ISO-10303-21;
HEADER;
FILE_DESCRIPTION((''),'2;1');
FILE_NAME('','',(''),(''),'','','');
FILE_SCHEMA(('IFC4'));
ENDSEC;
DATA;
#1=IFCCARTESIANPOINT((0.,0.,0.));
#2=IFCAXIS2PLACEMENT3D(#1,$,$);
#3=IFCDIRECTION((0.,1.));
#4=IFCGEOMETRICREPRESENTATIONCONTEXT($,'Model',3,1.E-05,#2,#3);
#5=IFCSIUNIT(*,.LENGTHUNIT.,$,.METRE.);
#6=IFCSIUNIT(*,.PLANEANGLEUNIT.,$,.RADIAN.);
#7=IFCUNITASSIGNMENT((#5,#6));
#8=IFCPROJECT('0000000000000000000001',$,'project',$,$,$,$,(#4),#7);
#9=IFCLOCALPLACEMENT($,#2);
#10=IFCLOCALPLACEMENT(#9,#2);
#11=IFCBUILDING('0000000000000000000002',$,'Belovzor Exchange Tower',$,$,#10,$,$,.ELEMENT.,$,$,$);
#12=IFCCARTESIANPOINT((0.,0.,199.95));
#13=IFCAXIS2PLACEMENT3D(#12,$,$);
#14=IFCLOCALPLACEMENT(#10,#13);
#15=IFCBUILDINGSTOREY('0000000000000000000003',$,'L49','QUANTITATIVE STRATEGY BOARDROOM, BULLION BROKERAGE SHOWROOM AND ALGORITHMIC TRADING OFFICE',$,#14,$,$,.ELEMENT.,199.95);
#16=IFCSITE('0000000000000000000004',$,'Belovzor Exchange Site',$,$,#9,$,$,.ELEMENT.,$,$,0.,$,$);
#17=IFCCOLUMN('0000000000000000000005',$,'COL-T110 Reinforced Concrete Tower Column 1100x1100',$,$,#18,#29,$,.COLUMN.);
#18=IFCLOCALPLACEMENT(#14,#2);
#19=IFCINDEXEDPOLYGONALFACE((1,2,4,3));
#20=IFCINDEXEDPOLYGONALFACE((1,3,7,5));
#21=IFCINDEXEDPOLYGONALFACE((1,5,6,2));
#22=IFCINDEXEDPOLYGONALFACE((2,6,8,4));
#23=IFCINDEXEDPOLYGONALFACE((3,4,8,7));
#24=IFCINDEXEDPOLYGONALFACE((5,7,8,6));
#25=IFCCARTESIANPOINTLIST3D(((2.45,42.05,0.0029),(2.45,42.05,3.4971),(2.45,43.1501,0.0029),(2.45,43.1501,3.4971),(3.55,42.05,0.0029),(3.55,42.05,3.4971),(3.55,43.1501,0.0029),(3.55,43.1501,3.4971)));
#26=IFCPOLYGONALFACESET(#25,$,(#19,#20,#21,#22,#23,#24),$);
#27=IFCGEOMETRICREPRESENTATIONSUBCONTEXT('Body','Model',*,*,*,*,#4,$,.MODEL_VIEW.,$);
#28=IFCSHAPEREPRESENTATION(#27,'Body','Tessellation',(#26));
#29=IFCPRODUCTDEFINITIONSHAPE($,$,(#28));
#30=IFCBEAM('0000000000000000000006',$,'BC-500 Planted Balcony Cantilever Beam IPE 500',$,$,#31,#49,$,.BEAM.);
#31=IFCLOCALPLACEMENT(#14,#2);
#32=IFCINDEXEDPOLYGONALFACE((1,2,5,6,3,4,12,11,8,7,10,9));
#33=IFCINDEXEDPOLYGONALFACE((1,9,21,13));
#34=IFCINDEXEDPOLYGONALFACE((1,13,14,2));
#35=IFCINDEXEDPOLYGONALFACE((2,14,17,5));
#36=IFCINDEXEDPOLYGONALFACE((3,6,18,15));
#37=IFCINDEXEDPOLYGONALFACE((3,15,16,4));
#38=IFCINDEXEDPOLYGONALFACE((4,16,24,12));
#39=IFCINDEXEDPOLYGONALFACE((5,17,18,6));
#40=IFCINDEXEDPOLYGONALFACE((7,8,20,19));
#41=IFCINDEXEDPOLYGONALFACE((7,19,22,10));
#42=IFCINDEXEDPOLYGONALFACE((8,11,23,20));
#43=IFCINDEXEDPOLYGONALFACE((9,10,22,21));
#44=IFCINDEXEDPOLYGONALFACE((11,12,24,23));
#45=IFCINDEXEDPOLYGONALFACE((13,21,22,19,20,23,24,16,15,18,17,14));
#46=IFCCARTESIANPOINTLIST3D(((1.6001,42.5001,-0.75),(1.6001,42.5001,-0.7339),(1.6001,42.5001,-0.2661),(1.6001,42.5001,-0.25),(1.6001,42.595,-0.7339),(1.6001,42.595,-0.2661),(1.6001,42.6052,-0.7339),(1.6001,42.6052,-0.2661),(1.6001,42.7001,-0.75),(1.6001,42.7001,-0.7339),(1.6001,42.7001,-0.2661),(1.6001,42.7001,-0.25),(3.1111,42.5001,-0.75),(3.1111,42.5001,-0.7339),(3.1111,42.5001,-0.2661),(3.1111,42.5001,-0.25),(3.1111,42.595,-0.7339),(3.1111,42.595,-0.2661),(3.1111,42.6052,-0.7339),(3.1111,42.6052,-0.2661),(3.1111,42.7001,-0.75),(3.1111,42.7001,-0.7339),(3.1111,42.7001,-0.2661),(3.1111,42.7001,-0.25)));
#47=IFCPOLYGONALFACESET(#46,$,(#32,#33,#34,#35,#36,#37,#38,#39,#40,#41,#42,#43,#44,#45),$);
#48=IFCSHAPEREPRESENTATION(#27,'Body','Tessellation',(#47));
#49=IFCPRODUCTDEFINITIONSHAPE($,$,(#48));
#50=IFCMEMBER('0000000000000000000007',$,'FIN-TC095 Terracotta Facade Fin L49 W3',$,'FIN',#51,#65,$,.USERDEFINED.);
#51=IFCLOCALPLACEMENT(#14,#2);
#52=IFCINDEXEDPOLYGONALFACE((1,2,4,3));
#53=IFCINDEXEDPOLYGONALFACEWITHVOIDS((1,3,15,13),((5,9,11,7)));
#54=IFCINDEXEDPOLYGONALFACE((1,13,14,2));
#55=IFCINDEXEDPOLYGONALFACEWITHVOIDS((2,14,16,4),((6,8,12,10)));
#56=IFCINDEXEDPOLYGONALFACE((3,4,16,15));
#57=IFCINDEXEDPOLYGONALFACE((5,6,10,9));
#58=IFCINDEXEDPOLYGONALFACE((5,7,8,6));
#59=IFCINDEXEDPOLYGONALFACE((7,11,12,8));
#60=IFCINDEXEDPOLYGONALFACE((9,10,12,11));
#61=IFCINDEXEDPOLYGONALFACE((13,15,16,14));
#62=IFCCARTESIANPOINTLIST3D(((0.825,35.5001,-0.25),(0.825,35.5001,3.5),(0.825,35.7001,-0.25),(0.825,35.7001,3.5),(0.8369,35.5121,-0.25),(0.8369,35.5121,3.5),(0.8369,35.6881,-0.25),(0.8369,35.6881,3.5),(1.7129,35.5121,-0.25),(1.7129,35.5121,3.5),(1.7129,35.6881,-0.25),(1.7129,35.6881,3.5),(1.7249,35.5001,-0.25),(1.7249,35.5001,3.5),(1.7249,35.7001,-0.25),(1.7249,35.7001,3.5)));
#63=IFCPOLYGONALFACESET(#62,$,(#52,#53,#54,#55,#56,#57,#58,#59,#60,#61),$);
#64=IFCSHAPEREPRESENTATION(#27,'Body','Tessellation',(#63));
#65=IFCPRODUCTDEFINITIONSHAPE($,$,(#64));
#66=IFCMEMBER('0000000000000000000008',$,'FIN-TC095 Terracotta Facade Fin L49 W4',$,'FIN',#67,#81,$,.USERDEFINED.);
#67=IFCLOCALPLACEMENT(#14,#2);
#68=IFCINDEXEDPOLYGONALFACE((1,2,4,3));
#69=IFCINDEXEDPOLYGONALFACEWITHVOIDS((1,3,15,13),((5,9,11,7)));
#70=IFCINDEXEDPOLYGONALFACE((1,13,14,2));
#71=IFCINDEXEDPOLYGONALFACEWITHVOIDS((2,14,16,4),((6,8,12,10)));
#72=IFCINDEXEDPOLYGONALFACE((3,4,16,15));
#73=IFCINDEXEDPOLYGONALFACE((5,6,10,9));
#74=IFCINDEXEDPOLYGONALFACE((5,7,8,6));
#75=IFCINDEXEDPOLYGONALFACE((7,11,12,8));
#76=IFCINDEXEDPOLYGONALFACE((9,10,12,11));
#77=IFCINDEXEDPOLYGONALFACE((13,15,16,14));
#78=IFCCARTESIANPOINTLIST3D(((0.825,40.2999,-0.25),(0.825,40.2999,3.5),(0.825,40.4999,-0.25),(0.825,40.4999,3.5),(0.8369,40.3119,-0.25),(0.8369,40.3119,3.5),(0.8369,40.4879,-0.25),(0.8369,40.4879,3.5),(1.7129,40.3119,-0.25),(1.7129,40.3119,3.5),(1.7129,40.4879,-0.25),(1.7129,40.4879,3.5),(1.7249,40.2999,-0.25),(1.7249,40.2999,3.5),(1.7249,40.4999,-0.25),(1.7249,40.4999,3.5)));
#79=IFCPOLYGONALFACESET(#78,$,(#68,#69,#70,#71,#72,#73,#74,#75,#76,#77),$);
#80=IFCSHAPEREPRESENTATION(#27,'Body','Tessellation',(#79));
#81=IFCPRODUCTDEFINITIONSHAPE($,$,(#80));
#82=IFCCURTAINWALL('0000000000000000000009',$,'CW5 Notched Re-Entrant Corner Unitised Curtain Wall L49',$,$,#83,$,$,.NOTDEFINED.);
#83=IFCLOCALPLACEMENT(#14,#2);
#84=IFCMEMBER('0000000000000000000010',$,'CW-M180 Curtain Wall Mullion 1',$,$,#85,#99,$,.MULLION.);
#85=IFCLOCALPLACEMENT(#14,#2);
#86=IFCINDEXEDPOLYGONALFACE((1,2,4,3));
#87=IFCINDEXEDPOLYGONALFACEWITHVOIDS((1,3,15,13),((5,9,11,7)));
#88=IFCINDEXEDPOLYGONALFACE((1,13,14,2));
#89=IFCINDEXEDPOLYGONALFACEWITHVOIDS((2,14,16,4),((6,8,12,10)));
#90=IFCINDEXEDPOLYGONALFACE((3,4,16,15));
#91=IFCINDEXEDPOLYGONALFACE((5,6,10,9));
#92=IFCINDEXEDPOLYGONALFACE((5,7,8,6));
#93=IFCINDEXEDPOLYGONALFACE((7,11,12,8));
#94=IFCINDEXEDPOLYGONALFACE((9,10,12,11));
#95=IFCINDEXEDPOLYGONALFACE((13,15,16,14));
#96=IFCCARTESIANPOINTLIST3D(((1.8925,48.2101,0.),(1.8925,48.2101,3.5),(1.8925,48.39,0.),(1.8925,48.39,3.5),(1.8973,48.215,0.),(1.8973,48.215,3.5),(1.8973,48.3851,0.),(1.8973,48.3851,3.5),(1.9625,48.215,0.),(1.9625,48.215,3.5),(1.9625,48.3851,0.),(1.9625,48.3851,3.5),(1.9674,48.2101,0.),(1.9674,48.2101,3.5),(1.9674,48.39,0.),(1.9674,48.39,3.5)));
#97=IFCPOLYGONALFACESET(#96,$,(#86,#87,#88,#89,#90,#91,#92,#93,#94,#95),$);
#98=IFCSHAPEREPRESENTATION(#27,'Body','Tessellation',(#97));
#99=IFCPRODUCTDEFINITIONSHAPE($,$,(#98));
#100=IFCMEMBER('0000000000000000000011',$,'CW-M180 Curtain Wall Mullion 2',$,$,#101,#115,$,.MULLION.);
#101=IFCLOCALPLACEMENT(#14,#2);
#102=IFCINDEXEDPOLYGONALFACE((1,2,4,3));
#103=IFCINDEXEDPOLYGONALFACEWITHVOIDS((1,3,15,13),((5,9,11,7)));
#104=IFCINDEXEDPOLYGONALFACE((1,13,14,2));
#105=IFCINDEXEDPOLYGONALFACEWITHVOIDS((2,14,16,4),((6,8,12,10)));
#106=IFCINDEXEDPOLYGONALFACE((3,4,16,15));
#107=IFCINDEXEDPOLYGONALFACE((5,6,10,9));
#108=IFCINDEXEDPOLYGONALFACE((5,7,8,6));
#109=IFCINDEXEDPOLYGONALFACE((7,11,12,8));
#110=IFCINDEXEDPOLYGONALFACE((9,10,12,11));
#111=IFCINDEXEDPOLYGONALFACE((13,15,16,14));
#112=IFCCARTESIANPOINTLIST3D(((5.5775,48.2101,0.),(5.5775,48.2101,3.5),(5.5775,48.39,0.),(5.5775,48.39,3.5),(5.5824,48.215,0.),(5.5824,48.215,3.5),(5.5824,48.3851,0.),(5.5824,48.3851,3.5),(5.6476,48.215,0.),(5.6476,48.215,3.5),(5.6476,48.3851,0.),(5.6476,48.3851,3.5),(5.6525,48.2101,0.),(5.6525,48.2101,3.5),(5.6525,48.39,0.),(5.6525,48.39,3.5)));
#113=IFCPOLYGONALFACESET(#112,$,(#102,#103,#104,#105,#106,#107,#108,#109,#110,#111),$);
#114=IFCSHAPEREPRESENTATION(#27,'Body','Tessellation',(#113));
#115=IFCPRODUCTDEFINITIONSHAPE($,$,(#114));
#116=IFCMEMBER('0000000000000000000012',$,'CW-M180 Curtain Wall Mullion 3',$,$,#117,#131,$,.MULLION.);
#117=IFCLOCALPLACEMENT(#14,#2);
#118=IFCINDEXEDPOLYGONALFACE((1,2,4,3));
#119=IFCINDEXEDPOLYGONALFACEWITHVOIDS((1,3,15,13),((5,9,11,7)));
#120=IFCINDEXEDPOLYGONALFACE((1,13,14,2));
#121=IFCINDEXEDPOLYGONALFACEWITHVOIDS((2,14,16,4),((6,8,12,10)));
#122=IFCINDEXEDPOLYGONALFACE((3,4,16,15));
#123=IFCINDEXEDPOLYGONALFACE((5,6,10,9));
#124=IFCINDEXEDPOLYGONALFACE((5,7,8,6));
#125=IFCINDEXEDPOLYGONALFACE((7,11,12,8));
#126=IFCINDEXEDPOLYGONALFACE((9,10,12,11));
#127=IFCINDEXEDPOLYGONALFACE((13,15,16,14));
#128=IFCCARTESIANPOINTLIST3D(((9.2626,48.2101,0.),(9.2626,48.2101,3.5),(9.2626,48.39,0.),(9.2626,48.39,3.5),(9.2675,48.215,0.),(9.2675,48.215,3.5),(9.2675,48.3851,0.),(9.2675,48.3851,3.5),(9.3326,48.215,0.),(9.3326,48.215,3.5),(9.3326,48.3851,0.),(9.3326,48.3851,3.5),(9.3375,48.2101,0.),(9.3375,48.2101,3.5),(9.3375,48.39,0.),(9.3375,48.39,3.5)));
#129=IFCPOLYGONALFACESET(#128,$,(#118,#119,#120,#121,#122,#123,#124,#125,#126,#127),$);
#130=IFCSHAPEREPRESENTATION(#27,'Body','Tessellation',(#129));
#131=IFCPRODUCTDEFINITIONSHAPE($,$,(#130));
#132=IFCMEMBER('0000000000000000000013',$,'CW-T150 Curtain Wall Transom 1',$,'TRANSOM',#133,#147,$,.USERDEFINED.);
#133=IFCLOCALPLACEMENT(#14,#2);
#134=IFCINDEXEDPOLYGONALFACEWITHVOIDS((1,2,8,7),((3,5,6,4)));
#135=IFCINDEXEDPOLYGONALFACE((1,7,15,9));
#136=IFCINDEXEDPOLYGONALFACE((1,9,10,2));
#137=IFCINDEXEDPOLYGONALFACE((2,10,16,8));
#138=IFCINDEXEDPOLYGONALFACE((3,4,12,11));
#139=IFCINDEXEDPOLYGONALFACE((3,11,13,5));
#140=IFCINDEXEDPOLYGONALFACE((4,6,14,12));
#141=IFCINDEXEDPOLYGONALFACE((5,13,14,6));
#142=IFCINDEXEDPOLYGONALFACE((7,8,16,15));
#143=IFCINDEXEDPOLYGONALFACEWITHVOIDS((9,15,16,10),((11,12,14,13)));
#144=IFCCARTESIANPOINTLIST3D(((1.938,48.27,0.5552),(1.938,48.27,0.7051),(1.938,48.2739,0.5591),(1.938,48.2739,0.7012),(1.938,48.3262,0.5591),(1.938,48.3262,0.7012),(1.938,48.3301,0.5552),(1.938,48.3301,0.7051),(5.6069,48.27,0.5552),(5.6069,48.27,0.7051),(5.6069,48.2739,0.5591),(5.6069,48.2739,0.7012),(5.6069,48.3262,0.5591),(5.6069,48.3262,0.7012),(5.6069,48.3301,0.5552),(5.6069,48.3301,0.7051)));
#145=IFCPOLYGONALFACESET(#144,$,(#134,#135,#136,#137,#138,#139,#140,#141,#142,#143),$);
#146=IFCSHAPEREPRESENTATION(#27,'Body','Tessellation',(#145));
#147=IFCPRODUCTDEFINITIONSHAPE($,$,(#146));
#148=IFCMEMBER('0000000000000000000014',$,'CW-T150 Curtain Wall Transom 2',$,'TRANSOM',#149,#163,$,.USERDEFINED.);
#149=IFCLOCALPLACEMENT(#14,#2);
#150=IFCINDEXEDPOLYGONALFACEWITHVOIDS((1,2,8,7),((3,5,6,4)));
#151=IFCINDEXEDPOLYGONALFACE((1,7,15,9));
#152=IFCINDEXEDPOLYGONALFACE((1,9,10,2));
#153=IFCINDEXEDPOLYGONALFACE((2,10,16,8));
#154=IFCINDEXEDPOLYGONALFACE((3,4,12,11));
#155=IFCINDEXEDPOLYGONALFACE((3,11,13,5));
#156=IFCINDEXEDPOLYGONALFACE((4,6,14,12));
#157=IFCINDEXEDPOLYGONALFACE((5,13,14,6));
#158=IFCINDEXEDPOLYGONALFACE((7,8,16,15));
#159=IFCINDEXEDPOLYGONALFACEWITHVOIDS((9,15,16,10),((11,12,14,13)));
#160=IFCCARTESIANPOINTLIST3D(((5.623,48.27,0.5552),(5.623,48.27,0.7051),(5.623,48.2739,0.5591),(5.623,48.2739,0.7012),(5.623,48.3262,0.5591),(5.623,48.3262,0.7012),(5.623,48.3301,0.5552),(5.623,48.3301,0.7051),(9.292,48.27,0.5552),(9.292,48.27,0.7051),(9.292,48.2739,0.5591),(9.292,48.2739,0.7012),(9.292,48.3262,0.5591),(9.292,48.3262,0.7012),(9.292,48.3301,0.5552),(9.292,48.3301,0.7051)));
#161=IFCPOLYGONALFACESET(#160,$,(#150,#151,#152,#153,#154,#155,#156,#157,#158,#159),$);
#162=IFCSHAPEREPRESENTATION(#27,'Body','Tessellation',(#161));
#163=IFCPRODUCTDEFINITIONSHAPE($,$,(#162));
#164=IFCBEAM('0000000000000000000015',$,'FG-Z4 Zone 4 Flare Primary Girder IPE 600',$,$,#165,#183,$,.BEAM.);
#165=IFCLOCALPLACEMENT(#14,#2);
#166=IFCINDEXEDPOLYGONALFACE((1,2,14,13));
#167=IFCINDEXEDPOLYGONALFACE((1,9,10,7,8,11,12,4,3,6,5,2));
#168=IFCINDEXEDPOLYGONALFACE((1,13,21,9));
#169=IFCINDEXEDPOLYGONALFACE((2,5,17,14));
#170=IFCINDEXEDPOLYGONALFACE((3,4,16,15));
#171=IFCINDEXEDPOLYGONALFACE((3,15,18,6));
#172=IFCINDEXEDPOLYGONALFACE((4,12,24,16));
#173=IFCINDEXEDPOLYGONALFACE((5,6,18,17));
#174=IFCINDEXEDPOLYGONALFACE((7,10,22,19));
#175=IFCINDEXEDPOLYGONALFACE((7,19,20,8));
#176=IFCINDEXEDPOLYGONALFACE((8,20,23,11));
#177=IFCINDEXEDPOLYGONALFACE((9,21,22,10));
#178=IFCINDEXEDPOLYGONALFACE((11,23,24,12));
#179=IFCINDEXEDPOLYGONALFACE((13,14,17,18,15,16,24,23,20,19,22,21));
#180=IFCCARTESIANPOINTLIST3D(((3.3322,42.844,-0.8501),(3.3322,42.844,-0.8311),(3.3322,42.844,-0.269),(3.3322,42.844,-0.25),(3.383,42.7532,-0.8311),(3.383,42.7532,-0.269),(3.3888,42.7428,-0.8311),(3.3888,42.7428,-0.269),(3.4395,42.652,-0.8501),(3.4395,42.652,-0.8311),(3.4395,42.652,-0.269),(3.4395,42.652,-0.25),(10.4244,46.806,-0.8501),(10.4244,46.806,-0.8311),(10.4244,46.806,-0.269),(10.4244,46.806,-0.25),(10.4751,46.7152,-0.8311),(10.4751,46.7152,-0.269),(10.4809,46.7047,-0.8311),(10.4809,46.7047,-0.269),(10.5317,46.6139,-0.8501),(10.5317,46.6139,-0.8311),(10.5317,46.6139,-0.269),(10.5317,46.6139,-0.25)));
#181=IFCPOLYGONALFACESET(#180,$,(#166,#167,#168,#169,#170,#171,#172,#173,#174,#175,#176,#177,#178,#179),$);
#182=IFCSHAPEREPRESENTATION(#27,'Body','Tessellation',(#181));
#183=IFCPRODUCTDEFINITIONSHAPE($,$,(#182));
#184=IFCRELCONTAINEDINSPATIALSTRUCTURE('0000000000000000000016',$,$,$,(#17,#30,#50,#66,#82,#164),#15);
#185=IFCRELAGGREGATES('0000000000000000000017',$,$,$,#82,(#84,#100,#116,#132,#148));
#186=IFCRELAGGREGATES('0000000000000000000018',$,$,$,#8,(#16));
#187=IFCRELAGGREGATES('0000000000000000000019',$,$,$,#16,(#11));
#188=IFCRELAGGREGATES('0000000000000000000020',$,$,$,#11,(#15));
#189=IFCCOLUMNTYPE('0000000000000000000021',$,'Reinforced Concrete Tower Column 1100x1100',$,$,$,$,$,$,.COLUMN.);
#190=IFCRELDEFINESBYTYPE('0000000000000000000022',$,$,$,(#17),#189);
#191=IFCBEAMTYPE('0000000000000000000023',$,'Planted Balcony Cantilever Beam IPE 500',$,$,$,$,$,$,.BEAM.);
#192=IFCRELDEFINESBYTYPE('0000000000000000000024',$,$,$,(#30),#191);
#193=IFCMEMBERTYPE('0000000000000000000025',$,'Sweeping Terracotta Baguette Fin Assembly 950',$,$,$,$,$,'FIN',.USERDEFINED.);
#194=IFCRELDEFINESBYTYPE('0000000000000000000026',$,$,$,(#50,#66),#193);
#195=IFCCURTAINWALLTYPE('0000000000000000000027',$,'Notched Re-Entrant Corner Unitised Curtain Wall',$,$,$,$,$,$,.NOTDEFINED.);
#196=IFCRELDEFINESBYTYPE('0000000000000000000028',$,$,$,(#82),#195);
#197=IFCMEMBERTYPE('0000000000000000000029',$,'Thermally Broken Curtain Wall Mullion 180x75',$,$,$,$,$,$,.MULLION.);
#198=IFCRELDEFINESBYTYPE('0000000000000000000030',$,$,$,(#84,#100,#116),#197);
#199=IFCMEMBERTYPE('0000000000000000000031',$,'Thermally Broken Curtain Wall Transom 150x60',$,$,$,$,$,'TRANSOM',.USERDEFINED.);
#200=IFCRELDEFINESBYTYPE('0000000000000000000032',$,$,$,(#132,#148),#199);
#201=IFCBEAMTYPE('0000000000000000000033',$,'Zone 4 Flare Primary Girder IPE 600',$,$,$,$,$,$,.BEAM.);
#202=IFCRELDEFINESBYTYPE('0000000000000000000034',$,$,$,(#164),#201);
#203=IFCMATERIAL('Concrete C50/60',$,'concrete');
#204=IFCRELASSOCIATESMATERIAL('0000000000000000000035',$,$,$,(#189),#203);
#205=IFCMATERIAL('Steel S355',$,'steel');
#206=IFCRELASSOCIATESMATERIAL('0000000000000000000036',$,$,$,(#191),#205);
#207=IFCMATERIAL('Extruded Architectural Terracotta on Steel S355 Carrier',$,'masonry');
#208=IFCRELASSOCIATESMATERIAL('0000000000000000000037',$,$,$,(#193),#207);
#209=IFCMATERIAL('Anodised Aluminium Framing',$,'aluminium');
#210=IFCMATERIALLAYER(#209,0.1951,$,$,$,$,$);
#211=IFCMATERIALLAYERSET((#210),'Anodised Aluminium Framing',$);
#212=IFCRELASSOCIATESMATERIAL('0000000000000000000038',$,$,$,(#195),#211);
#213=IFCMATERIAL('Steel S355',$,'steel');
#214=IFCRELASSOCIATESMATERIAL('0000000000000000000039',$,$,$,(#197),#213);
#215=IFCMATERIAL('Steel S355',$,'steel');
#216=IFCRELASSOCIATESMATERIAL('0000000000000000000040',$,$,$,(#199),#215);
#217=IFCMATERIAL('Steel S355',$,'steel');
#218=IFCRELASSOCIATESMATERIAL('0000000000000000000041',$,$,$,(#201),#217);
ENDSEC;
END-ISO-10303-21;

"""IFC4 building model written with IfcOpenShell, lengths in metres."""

from ifc_helpers import new_model, si_unit, direction, frame, origin, origin_2d, place, context, subcontext, project, spatial, rectangle, hollow_rectangle, i_section, extrude, material, layer, layer_set, material_profile, profile_set, type_object, element, aggregate, save


model = new_model("IFC4")

# Units and contexts
model_context = context("Model", 3, precision=1e-05, world=origin(), true_north=direction((0.0, 1.0)))
body_context = subcontext(model_context, "Body", "Model", "MODEL_VIEW")
ifc_project = project(units=[si_unit("LENGTHUNIT", "METRE"), si_unit("PLANEANGLEUNIT", "RADIAN")], contexts=[model_context])

# Site, building, storey
site_placement = place(None, origin())
site = spatial("IfcSite", under=ifc_project, at=site_placement, Name="Belovzor Exchange Site", CompositionType="ELEMENT", RefElevation=0.0)
building_placement = place(site_placement, origin())
building = spatial("IfcBuilding", under=site, at=building_placement, Name="Belovzor Exchange Tower", CompositionType="ELEMENT")
storey_placement = place(building_placement, frame((0.0, 0.0, 199.95)))
storey = spatial("IfcBuildingStorey", under=building, at=storey_placement, Name="L49", Description="QUANTITATIVE STRATEGY BOARDROOM, BULLION BROKERAGE SHOWROOM AND ALGORITHMIC TRADING OFFICE", CompositionType="ELEMENT", Elevation=199.95)

# Column
ifc_material_1 = material(Name="Concrete C50/60", Category="concrete")
ifc_material_profile_1 = material_profile(ifc_material_1, rectangle(XDim=1.1001, YDim=1.1001, at=origin_2d()))
ifc_profile_set_1 = profile_set([ifc_material_profile_1], Name="Concrete C50/60")
column_type = type_object("IfcColumnType", Name="Reinforced Concrete Tower Column 1100x1100", PredefinedType="COLUMN", material=ifc_profile_set_1)
column_placement = place(storey_placement, frame((3.0, 42.6001, 0.0029), z_axis=(0.0, 0.0, 1.0), x_axis=(1.0, 0.0, 0.0)))
element("IfcColumn", 1, at=column_placement, inside=storey, type_object=column_type, Name="COL-T110 Reinforced Concrete Tower Column 1100x1100", PredefinedType="COLUMN", context=body_context, shape_type="SweptSolid", body=[
    extrude(rectangle(XDim=1.1001, YDim=1.1001, at=origin_2d()), origin(), (0.0, 0.0, 1.0), 3.4941),
])

# Beam
ifc_material_2 = material(Name="Steel S355", Category="steel")
ifc_material_profile_2 = material_profile(ifc_material_2, i_section(OverallWidth=0.2, OverallDepth=0.5, WebThickness=0.0103, FlangeThickness=0.0161, at=origin_2d()))
ifc_profile_set_2 = profile_set([ifc_material_profile_2], Name="Steel S355")
beam_type_1 = type_object("IfcBeamType", Name="Planted Balcony Cantilever Beam IPE 500", PredefinedType="BEAM", material=ifc_profile_set_2)
beam_1_placement = place(storey_placement, frame((3.1111, 42.6001, -0.5), z_axis=(-1.0, 0.0, 0.0), x_axis=(0.0, -1.0, 0.0)))
element("IfcBeam", 2, at=beam_1_placement, inside=storey, type_object=beam_type_1, Name="BC-500 Planted Balcony Cantilever Beam IPE 500", PredefinedType="BEAM", context=body_context, shape_type="SweptSolid", body=[
    extrude(i_section(OverallWidth=0.2, OverallDepth=0.5, WebThickness=0.0103, FlangeThickness=0.0161, at=origin_2d()), origin(), (0.0, 0.0, 1.0), 1.511),
])

# Members
ifc_material_3 = material(Name="Extruded Architectural Terracotta on Steel S355 Carrier", Category="masonry")
ifc_material_profile_3 = material_profile(ifc_material_3, hollow_rectangle(XDim=0.2, YDim=0.8999, WallThickness=0.012, at=origin_2d()))
ifc_profile_set_3 = profile_set([ifc_material_profile_3], Name="Extruded Architectural Terracotta on Steel S355 Carrier")
member_type_1 = type_object("IfcMemberType", Name="Sweeping Terracotta Baguette Fin Assembly 950", ElementType="FIN", PredefinedType="USERDEFINED", material=ifc_profile_set_3)
for number, where, z_axis, x_axis, name in (
    (3, (1.2749, 35.6001, -0.25), (0.0, 0.0, 1.0), (0.0, 1.0, 0.0), "FIN-TC095 Terracotta Facade Fin L49 W3"),
    (4, (1.2749, 40.3999, -0.25), (0.0, 0.0, 1.0), (0.0, 1.0, 0.0), "FIN-TC095 Terracotta Facade Fin L49 W4"),
):
    element("IfcMember", number, at=place(storey_placement, frame(where, z_axis=z_axis, x_axis=x_axis)), inside=storey, type_object=member_type_1, Name=name, ObjectType="FIN", PredefinedType="USERDEFINED", context=body_context, shape_type="SweptSolid", body=[
        extrude(hollow_rectangle(XDim=0.2, YDim=0.8999, WallThickness=0.012, at=origin_2d()), origin(), (0.0, 0.0, 1.0), 3.75),
    ])

# Curtain wall, members
ifc_material_4 = material(Name="Anodised Aluminium Framing", Category="aluminium")
ifc_layer_1 = layer(ifc_material_4, 0.1951)
ifc_layer_set_1 = layer_set([ifc_layer_1], Name="Anodised Aluminium Framing")
curtain_wall_type = type_object("IfcCurtainWallType", Name="Notched Re-Entrant Corner Unitised Curtain Wall", PredefinedType="NOTDEFINED", material=ifc_layer_set_1)
curtain_wall_placement = place(storey_placement, origin())
curtain_wall = element("IfcCurtainWall", 5, at=curtain_wall_placement, inside=storey, type_object=curtain_wall_type, Name="CW5 Notched Re-Entrant Corner Unitised Curtain Wall L49", PredefinedType="NOTDEFINED")
ifc_material_5 = material(Name="Steel S355", Category="steel")
ifc_material_profile_4 = material_profile(ifc_material_5, hollow_rectangle(XDim=0.075, YDim=0.1799, WallThickness=0.0049, at=origin_2d()))
ifc_profile_set_4 = profile_set([ifc_material_profile_4], Name="Steel S355")
member_type_2 = type_object("IfcMemberType", Name="Thermally Broken Curtain Wall Mullion 180x75", PredefinedType="MULLION", material=ifc_profile_set_4)
member_1_placement = place(storey_placement, frame((1.9299, 48.3, 0.0), z_axis=(0.0, 0.0, 1.0), x_axis=(1.0, 0.0, 0.0)))
member_1 = element("IfcMember", 6, at=member_1_placement, type_object=member_type_2, Name="CW-M180 Curtain Wall Mullion 1", PredefinedType="MULLION", context=body_context, shape_type="SweptSolid", body=[
    extrude(hollow_rectangle(XDim=0.075, YDim=0.1799, WallThickness=0.0049, at=origin_2d()), origin(), (0.0, 0.0, 1.0), 3.5),
])
member_2_placement = place(storey_placement, frame((5.615, 48.3, 0.0), z_axis=(0.0, 0.0, 1.0), x_axis=(1.0, 0.0, 0.0)))
member_2 = element("IfcMember", 7, at=member_2_placement, type_object=member_type_2, Name="CW-M180 Curtain Wall Mullion 2", PredefinedType="MULLION", context=body_context, shape_type="SweptSolid", body=[
    extrude(hollow_rectangle(XDim=0.075, YDim=0.1799, WallThickness=0.0049, at=origin_2d()), origin(), (0.0, 0.0, 1.0), 3.5),
])
member_3_placement = place(storey_placement, frame((9.3, 48.3, 0.0), z_axis=(0.0, 0.0, 1.0), x_axis=(1.0, 0.0, 0.0)))
member_3 = element("IfcMember", 8, at=member_3_placement, type_object=member_type_2, Name="CW-M180 Curtain Wall Mullion 3", PredefinedType="MULLION", context=body_context, shape_type="SweptSolid", body=[
    extrude(hollow_rectangle(XDim=0.075, YDim=0.1799, WallThickness=0.0049, at=origin_2d()), origin(), (0.0, 0.0, 1.0), 3.5),
])
ifc_material_6 = material(Name="Steel S355", Category="steel")
ifc_material_profile_5 = material_profile(ifc_material_6, hollow_rectangle(XDim=0.0601, YDim=0.1499, WallThickness=0.0039, at=origin_2d()))
ifc_profile_set_5 = profile_set([ifc_material_profile_5], Name="Steel S355")
member_type_3 = type_object("IfcMemberType", Name="Thermally Broken Curtain Wall Transom 150x60", ElementType="TRANSOM", PredefinedType="USERDEFINED", material=ifc_profile_set_5)
member_4_placement = place(storey_placement, frame((1.938, 48.3, 0.6301), z_axis=(1.0, 0.0, 0.0), x_axis=(0.0, 1.0, 0.0)))
member_4 = element("IfcMember", 9, at=member_4_placement, type_object=member_type_3, Name="CW-T150 Curtain Wall Transom 1", ObjectType="TRANSOM", PredefinedType="USERDEFINED", context=body_context, shape_type="SweptSolid", body=[
    extrude(hollow_rectangle(XDim=0.0601, YDim=0.1499, WallThickness=0.0039, at=origin_2d()), origin(), (0.0, 0.0, 1.0), 3.6689),
])
member_5_placement = place(storey_placement, frame((5.623, 48.3, 0.6301), z_axis=(1.0, 0.0, 0.0), x_axis=(0.0, 1.0, 0.0)))
member_5 = element("IfcMember", 10, at=member_5_placement, type_object=member_type_3, Name="CW-T150 Curtain Wall Transom 2", ObjectType="TRANSOM", PredefinedType="USERDEFINED", context=body_context, shape_type="SweptSolid", body=[
    extrude(hollow_rectangle(XDim=0.0601, YDim=0.1499, WallThickness=0.0039, at=origin_2d()), origin(), (0.0, 0.0, 1.0), 3.6689),
])

# Beam
ifc_material_7 = material(Name="Steel S355", Category="steel")
ifc_material_profile_6 = material_profile(ifc_material_7, i_section(OverallWidth=0.22, OverallDepth=0.6001, WebThickness=0.012, FlangeThickness=0.019, at=origin_2d()))
ifc_profile_set_6 = profile_set([ifc_material_profile_6], Name="Steel S355")
beam_type_2 = type_object("IfcBeamType", Name="Zone 4 Flare Primary Girder IPE 600", PredefinedType="BEAM", material=ifc_profile_set_6)
beam_2_placement = place(storey_placement, frame((10.478, 46.71, -0.55), z_axis=(-0.873011, -0.487701, 0.0), x_axis=(0.487701, -0.873011, 0.0)))
element("IfcBeam", 11, at=beam_2_placement, inside=storey, type_object=beam_type_2, Name="FG-Z4 Zone 4 Flare Primary Girder IPE 600", PredefinedType="BEAM", context=body_context, shape_type="SweptSolid", body=[
    extrude(i_section(OverallWidth=0.22, OverallDepth=0.6001, WebThickness=0.012, FlangeThickness=0.019, at=origin_2d()), origin(), (0.0, 0.0, 1.0), 8.1238),
])

aggregate(curtain_wall, [member_1, member_2, member_3, member_4, member_5])

save(model, "model.ifc")
